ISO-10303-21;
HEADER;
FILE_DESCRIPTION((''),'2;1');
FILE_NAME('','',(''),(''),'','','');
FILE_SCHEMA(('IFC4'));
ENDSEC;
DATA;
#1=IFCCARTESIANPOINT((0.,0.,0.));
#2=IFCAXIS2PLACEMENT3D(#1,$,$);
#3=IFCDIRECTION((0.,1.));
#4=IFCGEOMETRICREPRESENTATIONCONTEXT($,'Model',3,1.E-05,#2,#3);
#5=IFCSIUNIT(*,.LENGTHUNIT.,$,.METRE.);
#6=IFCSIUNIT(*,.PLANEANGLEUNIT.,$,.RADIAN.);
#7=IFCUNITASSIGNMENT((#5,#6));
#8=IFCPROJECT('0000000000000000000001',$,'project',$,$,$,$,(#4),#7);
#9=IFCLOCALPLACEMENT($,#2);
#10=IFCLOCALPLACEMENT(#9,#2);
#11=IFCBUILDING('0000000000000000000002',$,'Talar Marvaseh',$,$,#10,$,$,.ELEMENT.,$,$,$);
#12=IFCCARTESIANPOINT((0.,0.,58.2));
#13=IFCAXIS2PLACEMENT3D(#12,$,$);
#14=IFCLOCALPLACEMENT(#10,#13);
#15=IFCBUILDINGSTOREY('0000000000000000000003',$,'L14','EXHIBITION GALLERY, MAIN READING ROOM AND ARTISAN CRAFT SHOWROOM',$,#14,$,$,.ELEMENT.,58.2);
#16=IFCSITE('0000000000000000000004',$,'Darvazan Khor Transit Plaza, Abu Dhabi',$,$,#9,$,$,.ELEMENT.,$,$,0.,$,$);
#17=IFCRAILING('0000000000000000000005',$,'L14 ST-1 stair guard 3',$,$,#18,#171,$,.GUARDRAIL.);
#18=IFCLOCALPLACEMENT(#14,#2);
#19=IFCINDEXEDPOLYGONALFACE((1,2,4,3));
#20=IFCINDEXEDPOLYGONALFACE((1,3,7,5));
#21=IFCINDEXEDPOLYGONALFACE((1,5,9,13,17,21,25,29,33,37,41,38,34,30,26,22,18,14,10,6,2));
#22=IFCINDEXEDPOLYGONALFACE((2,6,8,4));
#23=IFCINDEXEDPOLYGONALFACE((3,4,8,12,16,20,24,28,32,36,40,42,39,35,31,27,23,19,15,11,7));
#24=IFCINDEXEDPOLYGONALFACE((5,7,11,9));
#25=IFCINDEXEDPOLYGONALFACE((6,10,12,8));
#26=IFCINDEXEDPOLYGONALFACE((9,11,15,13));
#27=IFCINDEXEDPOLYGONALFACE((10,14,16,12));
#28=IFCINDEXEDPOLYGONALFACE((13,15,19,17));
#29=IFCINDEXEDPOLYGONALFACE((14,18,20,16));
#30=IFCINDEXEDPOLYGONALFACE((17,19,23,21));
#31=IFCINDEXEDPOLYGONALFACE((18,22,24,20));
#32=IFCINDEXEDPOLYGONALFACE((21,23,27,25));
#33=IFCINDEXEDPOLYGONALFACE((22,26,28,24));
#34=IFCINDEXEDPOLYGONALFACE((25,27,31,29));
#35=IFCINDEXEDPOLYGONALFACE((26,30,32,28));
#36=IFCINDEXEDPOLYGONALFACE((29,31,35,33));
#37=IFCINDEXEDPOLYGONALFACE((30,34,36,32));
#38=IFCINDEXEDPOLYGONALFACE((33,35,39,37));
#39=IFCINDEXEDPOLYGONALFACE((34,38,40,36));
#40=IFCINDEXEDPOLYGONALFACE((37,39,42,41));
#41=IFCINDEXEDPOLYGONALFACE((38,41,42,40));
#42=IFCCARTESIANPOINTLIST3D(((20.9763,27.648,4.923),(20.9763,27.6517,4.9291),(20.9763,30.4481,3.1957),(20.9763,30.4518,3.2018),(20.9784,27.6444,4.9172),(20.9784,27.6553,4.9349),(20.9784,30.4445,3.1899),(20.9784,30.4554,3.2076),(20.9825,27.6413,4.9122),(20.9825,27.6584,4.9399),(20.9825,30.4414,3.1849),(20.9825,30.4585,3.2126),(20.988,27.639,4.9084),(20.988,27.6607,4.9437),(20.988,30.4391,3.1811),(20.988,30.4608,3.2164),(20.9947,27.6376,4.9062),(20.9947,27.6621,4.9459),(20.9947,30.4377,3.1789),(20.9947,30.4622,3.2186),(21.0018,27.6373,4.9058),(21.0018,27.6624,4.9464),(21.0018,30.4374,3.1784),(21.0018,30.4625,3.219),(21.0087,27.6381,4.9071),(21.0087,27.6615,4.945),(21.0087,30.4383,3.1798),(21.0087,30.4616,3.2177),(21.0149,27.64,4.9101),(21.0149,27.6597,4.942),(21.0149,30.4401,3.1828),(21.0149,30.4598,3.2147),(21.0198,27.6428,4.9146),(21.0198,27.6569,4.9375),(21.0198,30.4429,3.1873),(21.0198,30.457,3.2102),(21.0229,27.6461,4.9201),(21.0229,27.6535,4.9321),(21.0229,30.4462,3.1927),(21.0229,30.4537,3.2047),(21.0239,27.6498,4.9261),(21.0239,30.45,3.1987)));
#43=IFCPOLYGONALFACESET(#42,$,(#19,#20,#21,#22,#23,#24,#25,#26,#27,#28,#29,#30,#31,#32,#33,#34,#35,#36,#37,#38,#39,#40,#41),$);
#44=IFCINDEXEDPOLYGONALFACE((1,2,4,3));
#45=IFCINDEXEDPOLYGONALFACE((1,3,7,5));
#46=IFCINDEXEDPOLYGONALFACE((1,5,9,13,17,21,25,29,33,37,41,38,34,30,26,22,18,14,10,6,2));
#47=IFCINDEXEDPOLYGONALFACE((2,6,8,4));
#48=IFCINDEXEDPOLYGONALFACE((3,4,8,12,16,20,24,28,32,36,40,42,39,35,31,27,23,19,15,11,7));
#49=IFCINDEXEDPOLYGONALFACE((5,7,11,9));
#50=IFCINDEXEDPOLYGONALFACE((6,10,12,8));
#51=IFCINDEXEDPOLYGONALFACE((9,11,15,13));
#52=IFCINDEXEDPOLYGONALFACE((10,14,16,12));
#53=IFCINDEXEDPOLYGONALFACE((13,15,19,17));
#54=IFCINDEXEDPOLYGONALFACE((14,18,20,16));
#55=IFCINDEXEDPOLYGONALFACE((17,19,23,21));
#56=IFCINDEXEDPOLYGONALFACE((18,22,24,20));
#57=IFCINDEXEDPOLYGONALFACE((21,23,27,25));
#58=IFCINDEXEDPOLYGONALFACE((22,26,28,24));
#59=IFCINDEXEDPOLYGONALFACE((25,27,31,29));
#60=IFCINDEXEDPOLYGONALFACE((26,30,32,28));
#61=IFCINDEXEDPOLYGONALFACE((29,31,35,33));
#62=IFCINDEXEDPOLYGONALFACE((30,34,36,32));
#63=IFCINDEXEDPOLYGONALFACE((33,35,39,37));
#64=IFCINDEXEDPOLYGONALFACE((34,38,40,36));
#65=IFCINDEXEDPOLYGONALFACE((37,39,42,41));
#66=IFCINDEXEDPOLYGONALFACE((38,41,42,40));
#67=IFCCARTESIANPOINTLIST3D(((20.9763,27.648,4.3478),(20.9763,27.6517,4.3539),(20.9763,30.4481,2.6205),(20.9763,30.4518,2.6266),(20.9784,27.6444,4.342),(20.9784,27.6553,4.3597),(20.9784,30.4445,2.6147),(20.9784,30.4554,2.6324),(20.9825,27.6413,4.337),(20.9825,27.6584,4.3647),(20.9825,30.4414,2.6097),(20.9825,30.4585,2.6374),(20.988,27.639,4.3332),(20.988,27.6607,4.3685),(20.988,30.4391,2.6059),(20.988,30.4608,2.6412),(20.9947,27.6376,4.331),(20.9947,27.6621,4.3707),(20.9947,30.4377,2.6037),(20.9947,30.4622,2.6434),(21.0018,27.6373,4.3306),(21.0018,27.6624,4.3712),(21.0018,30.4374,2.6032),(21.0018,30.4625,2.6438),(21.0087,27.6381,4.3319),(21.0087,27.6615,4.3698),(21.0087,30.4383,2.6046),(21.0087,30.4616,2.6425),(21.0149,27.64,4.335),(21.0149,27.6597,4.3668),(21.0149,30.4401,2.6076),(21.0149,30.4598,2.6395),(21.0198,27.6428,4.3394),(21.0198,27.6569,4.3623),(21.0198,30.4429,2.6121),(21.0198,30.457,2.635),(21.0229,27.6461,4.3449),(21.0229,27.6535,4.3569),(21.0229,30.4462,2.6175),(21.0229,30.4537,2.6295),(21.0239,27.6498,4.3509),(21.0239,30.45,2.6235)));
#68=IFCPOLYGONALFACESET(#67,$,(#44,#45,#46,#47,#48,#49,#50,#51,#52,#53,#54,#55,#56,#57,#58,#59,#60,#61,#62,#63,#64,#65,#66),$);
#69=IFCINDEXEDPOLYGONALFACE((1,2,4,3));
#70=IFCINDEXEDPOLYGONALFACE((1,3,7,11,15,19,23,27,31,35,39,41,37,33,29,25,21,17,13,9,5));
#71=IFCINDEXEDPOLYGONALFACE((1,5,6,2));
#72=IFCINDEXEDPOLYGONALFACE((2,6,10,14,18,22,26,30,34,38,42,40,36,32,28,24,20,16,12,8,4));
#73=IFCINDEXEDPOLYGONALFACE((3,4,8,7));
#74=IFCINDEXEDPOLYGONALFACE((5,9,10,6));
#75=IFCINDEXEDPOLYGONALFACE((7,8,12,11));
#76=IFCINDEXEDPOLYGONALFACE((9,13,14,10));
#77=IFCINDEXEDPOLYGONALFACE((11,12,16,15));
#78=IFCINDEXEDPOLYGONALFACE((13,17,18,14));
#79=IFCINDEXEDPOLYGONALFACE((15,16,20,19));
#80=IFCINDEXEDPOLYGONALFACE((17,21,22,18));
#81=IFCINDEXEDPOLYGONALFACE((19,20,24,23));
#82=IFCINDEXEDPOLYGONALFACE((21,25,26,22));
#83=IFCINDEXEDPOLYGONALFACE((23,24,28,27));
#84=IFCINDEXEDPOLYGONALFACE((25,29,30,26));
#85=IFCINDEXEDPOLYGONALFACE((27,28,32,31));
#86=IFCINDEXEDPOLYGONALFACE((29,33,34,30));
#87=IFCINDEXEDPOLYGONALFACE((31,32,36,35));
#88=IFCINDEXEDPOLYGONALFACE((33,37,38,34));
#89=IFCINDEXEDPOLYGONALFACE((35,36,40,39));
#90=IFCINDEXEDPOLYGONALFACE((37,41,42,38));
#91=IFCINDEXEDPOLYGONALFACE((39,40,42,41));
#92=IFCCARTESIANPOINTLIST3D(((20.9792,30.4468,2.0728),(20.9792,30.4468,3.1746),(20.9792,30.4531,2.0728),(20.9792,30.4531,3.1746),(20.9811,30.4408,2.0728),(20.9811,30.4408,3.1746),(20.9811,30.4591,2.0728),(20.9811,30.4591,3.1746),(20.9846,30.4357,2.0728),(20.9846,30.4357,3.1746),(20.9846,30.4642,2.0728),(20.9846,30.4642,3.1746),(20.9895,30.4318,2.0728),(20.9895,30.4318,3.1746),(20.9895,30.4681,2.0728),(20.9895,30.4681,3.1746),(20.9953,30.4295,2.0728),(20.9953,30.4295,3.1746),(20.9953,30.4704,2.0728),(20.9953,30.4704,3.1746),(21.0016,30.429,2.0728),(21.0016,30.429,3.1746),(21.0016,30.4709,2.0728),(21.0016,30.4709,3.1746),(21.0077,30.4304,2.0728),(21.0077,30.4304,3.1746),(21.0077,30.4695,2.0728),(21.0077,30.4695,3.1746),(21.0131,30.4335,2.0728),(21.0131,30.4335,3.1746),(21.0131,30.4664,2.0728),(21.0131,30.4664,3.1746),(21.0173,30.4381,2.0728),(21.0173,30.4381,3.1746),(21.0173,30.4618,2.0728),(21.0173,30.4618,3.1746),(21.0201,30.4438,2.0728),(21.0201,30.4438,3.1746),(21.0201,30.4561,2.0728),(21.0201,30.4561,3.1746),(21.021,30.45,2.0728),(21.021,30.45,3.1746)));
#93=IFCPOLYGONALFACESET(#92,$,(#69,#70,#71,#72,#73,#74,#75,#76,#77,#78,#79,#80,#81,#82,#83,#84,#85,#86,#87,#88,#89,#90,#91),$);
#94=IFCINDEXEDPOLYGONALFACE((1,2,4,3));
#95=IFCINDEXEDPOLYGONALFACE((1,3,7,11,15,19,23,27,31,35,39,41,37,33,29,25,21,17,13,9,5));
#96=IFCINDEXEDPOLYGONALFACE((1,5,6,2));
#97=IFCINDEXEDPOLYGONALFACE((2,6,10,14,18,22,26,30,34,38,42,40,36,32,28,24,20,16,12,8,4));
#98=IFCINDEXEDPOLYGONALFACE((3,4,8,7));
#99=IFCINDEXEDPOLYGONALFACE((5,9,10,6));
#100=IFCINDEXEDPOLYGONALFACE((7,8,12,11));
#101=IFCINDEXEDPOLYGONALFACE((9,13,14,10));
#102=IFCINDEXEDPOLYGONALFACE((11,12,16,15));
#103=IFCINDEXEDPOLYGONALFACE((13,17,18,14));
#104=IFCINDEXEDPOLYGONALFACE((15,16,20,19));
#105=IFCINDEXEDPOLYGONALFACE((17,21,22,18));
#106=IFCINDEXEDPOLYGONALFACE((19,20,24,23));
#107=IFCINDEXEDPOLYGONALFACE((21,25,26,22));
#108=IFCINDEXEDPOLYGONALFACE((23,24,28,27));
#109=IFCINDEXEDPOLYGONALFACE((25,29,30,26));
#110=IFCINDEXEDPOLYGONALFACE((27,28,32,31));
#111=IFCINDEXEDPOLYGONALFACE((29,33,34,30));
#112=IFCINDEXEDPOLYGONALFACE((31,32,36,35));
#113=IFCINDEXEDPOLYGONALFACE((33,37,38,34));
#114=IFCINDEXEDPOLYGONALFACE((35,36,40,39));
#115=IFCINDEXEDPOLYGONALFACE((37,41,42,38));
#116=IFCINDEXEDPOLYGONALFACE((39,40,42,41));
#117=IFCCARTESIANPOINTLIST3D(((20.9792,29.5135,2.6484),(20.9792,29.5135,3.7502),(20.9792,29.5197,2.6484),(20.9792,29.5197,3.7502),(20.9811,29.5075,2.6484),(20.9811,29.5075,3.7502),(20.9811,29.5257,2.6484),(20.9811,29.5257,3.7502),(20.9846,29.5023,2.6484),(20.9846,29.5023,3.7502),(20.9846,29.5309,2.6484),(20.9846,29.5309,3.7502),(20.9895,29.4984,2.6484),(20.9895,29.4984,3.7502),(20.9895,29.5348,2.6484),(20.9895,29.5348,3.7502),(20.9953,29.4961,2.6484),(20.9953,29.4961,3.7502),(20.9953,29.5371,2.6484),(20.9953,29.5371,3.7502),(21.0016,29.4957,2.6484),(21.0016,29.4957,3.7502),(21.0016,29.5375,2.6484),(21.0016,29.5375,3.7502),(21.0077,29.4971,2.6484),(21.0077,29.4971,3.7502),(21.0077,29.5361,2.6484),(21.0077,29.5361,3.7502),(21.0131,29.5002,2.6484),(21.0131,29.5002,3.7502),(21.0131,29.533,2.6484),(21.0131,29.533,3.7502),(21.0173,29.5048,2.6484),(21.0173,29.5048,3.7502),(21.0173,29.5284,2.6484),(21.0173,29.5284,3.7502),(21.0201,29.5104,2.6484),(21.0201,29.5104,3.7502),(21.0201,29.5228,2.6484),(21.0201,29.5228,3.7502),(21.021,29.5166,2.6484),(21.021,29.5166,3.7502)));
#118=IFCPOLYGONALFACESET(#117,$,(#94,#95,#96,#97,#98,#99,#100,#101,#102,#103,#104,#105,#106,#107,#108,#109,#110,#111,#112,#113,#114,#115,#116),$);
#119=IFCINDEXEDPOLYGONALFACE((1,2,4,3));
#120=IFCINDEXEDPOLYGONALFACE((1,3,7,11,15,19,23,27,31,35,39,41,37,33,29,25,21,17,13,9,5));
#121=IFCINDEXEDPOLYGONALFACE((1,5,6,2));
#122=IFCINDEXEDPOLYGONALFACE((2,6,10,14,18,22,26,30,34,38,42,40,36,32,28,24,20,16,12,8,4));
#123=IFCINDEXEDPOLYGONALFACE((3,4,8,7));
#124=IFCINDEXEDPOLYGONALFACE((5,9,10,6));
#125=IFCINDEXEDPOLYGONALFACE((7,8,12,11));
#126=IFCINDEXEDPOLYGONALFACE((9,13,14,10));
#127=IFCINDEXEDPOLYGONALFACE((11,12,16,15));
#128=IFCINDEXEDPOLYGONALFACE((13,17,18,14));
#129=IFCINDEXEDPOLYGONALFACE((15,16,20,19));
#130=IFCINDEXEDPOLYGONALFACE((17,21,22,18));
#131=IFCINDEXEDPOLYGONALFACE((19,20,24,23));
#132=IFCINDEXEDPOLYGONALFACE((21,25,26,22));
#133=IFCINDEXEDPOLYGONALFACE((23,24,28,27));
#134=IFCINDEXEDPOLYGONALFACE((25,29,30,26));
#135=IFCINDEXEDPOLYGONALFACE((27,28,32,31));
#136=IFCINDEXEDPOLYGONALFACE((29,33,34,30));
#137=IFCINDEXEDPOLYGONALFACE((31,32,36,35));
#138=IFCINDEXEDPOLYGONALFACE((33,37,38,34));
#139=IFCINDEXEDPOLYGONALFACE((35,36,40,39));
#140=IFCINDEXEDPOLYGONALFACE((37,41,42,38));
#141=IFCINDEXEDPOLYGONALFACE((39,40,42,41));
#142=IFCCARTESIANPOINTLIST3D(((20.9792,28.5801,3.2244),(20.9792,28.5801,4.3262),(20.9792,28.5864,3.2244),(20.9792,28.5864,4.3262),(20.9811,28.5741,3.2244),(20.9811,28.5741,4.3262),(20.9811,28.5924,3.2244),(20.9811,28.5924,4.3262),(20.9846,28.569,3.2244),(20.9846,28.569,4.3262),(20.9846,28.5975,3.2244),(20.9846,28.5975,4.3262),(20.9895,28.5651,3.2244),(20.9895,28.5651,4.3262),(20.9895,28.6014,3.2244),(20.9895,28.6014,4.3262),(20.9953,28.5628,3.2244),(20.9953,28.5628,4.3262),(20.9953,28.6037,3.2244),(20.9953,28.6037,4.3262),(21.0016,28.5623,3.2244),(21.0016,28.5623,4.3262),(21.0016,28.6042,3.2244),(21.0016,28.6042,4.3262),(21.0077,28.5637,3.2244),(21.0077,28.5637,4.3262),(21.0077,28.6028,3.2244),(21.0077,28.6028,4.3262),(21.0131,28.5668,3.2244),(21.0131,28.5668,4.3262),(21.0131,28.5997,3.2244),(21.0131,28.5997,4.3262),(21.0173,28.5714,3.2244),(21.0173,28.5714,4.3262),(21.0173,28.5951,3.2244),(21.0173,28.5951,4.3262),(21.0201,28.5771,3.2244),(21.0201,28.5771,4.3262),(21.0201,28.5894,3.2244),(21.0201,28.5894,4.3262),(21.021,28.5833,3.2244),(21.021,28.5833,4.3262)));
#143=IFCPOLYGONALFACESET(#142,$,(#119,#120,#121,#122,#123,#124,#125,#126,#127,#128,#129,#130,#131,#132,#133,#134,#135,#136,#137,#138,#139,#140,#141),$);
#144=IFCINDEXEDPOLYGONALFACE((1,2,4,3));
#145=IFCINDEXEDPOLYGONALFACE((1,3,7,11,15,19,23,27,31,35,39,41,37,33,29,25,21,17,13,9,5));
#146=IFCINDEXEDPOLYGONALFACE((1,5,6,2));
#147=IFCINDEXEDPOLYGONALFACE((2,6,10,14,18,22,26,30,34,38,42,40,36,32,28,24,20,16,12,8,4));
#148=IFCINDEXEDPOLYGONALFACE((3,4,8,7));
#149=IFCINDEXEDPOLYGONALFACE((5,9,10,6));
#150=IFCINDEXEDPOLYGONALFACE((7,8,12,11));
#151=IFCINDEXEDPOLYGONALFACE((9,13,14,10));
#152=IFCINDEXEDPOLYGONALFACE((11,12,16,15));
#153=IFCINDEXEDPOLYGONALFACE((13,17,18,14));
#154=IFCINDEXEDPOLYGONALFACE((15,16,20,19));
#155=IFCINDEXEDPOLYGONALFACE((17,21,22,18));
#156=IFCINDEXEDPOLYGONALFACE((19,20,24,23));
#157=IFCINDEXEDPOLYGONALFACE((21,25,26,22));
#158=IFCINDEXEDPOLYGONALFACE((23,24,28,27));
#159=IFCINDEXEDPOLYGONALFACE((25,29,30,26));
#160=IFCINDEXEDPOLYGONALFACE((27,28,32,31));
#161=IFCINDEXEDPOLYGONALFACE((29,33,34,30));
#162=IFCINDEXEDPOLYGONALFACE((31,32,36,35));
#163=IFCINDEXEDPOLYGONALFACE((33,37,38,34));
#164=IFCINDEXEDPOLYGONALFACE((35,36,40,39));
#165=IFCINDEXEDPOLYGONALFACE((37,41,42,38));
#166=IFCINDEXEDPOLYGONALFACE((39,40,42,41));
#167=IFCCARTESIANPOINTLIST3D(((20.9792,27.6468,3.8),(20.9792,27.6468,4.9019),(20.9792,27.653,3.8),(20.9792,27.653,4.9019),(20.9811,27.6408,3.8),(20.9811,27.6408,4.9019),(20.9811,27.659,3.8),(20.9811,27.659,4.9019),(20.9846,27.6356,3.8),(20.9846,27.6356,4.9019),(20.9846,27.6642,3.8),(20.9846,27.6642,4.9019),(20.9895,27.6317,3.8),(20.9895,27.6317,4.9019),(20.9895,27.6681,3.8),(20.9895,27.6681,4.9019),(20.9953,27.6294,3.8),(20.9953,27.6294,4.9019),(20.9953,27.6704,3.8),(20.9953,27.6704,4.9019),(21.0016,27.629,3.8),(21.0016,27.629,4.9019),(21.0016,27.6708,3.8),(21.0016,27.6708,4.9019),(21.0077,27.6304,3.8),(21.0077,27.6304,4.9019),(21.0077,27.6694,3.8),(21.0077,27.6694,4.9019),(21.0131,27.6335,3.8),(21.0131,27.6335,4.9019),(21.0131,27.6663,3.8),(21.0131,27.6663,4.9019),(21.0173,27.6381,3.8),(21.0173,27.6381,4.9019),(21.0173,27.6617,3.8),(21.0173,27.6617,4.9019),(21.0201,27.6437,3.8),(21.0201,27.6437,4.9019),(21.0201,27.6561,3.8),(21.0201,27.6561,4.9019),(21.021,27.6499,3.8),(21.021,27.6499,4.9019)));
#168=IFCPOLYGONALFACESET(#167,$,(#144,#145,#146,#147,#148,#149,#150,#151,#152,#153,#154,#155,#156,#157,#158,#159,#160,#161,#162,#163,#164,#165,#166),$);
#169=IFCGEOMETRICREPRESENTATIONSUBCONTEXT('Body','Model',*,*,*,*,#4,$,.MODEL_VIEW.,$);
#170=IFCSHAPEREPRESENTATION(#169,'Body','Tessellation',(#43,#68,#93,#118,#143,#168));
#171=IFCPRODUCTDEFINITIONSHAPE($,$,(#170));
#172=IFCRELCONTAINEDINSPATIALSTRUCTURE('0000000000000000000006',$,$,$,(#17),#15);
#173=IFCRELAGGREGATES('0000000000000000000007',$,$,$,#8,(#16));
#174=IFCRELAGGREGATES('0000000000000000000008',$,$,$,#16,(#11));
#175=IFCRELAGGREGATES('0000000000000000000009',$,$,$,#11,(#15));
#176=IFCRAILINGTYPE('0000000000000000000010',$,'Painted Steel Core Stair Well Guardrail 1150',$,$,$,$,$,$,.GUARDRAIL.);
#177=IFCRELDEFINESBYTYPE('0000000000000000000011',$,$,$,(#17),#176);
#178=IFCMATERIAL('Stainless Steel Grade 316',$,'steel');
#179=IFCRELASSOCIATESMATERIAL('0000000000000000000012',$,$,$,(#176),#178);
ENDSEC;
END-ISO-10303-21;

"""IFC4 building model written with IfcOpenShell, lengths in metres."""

from ifc_helpers import new_model, si_unit, direction, frame, origin, origin_2d, place, context, subcontext, project, spatial, circle, extrude, material, type_object, element, save


model = new_model("IFC4")

# Units and contexts
model_context = context("Model", 3, precision=1e-05, world=origin(), true_north=direction((0.0, 1.0)))
body_context = subcontext(model_context, "Body", "Model", "MODEL_VIEW")
ifc_project = project(units=[si_unit("LENGTHUNIT", "METRE"), si_unit("PLANEANGLEUNIT", "RADIAN")], contexts=[model_context])

# Site, building, storey
site_placement = place(None, origin())
site = spatial("IfcSite", under=ifc_project, at=site_placement, Name="Darvazan Khor Transit Plaza, Abu Dhabi", CompositionType="ELEMENT", RefElevation=0.0)
building_placement = place(site_placement, origin())
building = spatial("IfcBuilding", under=site, at=building_placement, Name="Talar Marvaseh", CompositionType="ELEMENT")
storey_placement = place(building_placement, frame((0.0, 0.0, 58.2)))
storey = spatial("IfcBuildingStorey", under=building, at=storey_placement, Name="L14", Description="EXHIBITION GALLERY, MAIN READING ROOM AND ARTISAN CRAFT SHOWROOM", CompositionType="ELEMENT", Elevation=58.2)

# Railing
ifc_material_1 = material(Name="Stainless Steel Grade 316", Category="steel")
railing_type_1 = type_object("IfcRailingType", Name="Painted Steel Core Stair Well Guardrail 1150", PredefinedType="GUARDRAIL", material=ifc_material_1)
railing_1_placement = place(storey_placement, frame((21.0, 30.45, 2.0728)))
element("IfcRailing", 1, at=railing_1_placement, inside=storey, type_object=railing_type_1, Name="L14 ST-1 stair guard 3", PredefinedType="GUARDRAIL", context=body_context, shape_type="SweptSolid", body=[
    extrude(circle(Radius=0.0239, at=origin_2d()), frame((0.0, 0.0, 1.126), z_axis=(0.0, -0.85109, 0.52502), x_axis=(1.0, 0.0, 0.0)), (0.0, 0.0, 1.0), 3.29),
    extrude(circle(Radius=0.0239, at=origin_2d()), frame((0.0, 0.0, 0.5508), z_axis=(0.0, -0.85109, 0.52502), x_axis=(1.0, 0.0, 0.0)), (0.0, 0.0, 1.0), 3.29),
    extrude(circle(Radius=0.021, at=origin_2d()), origin(), (0.0, 0.0, 1.0), 1.1018),
    extrude(circle(Radius=0.021, at=origin_2d()), frame((0.0, -0.9333, 0.5757)), (0.0, 0.0, 1.0), 1.1018),
    extrude(circle(Radius=0.021, at=origin_2d()), frame((0.0, -1.8667, 1.1516)), (0.0, 0.0, 1.0), 1.1018),
    extrude(circle(Radius=0.021, at=origin_2d()), frame((0.0, -2.8, 1.7273)), (0.0, 0.0, 1.0), 1.1018),
])

save(model, "model.ifc")
